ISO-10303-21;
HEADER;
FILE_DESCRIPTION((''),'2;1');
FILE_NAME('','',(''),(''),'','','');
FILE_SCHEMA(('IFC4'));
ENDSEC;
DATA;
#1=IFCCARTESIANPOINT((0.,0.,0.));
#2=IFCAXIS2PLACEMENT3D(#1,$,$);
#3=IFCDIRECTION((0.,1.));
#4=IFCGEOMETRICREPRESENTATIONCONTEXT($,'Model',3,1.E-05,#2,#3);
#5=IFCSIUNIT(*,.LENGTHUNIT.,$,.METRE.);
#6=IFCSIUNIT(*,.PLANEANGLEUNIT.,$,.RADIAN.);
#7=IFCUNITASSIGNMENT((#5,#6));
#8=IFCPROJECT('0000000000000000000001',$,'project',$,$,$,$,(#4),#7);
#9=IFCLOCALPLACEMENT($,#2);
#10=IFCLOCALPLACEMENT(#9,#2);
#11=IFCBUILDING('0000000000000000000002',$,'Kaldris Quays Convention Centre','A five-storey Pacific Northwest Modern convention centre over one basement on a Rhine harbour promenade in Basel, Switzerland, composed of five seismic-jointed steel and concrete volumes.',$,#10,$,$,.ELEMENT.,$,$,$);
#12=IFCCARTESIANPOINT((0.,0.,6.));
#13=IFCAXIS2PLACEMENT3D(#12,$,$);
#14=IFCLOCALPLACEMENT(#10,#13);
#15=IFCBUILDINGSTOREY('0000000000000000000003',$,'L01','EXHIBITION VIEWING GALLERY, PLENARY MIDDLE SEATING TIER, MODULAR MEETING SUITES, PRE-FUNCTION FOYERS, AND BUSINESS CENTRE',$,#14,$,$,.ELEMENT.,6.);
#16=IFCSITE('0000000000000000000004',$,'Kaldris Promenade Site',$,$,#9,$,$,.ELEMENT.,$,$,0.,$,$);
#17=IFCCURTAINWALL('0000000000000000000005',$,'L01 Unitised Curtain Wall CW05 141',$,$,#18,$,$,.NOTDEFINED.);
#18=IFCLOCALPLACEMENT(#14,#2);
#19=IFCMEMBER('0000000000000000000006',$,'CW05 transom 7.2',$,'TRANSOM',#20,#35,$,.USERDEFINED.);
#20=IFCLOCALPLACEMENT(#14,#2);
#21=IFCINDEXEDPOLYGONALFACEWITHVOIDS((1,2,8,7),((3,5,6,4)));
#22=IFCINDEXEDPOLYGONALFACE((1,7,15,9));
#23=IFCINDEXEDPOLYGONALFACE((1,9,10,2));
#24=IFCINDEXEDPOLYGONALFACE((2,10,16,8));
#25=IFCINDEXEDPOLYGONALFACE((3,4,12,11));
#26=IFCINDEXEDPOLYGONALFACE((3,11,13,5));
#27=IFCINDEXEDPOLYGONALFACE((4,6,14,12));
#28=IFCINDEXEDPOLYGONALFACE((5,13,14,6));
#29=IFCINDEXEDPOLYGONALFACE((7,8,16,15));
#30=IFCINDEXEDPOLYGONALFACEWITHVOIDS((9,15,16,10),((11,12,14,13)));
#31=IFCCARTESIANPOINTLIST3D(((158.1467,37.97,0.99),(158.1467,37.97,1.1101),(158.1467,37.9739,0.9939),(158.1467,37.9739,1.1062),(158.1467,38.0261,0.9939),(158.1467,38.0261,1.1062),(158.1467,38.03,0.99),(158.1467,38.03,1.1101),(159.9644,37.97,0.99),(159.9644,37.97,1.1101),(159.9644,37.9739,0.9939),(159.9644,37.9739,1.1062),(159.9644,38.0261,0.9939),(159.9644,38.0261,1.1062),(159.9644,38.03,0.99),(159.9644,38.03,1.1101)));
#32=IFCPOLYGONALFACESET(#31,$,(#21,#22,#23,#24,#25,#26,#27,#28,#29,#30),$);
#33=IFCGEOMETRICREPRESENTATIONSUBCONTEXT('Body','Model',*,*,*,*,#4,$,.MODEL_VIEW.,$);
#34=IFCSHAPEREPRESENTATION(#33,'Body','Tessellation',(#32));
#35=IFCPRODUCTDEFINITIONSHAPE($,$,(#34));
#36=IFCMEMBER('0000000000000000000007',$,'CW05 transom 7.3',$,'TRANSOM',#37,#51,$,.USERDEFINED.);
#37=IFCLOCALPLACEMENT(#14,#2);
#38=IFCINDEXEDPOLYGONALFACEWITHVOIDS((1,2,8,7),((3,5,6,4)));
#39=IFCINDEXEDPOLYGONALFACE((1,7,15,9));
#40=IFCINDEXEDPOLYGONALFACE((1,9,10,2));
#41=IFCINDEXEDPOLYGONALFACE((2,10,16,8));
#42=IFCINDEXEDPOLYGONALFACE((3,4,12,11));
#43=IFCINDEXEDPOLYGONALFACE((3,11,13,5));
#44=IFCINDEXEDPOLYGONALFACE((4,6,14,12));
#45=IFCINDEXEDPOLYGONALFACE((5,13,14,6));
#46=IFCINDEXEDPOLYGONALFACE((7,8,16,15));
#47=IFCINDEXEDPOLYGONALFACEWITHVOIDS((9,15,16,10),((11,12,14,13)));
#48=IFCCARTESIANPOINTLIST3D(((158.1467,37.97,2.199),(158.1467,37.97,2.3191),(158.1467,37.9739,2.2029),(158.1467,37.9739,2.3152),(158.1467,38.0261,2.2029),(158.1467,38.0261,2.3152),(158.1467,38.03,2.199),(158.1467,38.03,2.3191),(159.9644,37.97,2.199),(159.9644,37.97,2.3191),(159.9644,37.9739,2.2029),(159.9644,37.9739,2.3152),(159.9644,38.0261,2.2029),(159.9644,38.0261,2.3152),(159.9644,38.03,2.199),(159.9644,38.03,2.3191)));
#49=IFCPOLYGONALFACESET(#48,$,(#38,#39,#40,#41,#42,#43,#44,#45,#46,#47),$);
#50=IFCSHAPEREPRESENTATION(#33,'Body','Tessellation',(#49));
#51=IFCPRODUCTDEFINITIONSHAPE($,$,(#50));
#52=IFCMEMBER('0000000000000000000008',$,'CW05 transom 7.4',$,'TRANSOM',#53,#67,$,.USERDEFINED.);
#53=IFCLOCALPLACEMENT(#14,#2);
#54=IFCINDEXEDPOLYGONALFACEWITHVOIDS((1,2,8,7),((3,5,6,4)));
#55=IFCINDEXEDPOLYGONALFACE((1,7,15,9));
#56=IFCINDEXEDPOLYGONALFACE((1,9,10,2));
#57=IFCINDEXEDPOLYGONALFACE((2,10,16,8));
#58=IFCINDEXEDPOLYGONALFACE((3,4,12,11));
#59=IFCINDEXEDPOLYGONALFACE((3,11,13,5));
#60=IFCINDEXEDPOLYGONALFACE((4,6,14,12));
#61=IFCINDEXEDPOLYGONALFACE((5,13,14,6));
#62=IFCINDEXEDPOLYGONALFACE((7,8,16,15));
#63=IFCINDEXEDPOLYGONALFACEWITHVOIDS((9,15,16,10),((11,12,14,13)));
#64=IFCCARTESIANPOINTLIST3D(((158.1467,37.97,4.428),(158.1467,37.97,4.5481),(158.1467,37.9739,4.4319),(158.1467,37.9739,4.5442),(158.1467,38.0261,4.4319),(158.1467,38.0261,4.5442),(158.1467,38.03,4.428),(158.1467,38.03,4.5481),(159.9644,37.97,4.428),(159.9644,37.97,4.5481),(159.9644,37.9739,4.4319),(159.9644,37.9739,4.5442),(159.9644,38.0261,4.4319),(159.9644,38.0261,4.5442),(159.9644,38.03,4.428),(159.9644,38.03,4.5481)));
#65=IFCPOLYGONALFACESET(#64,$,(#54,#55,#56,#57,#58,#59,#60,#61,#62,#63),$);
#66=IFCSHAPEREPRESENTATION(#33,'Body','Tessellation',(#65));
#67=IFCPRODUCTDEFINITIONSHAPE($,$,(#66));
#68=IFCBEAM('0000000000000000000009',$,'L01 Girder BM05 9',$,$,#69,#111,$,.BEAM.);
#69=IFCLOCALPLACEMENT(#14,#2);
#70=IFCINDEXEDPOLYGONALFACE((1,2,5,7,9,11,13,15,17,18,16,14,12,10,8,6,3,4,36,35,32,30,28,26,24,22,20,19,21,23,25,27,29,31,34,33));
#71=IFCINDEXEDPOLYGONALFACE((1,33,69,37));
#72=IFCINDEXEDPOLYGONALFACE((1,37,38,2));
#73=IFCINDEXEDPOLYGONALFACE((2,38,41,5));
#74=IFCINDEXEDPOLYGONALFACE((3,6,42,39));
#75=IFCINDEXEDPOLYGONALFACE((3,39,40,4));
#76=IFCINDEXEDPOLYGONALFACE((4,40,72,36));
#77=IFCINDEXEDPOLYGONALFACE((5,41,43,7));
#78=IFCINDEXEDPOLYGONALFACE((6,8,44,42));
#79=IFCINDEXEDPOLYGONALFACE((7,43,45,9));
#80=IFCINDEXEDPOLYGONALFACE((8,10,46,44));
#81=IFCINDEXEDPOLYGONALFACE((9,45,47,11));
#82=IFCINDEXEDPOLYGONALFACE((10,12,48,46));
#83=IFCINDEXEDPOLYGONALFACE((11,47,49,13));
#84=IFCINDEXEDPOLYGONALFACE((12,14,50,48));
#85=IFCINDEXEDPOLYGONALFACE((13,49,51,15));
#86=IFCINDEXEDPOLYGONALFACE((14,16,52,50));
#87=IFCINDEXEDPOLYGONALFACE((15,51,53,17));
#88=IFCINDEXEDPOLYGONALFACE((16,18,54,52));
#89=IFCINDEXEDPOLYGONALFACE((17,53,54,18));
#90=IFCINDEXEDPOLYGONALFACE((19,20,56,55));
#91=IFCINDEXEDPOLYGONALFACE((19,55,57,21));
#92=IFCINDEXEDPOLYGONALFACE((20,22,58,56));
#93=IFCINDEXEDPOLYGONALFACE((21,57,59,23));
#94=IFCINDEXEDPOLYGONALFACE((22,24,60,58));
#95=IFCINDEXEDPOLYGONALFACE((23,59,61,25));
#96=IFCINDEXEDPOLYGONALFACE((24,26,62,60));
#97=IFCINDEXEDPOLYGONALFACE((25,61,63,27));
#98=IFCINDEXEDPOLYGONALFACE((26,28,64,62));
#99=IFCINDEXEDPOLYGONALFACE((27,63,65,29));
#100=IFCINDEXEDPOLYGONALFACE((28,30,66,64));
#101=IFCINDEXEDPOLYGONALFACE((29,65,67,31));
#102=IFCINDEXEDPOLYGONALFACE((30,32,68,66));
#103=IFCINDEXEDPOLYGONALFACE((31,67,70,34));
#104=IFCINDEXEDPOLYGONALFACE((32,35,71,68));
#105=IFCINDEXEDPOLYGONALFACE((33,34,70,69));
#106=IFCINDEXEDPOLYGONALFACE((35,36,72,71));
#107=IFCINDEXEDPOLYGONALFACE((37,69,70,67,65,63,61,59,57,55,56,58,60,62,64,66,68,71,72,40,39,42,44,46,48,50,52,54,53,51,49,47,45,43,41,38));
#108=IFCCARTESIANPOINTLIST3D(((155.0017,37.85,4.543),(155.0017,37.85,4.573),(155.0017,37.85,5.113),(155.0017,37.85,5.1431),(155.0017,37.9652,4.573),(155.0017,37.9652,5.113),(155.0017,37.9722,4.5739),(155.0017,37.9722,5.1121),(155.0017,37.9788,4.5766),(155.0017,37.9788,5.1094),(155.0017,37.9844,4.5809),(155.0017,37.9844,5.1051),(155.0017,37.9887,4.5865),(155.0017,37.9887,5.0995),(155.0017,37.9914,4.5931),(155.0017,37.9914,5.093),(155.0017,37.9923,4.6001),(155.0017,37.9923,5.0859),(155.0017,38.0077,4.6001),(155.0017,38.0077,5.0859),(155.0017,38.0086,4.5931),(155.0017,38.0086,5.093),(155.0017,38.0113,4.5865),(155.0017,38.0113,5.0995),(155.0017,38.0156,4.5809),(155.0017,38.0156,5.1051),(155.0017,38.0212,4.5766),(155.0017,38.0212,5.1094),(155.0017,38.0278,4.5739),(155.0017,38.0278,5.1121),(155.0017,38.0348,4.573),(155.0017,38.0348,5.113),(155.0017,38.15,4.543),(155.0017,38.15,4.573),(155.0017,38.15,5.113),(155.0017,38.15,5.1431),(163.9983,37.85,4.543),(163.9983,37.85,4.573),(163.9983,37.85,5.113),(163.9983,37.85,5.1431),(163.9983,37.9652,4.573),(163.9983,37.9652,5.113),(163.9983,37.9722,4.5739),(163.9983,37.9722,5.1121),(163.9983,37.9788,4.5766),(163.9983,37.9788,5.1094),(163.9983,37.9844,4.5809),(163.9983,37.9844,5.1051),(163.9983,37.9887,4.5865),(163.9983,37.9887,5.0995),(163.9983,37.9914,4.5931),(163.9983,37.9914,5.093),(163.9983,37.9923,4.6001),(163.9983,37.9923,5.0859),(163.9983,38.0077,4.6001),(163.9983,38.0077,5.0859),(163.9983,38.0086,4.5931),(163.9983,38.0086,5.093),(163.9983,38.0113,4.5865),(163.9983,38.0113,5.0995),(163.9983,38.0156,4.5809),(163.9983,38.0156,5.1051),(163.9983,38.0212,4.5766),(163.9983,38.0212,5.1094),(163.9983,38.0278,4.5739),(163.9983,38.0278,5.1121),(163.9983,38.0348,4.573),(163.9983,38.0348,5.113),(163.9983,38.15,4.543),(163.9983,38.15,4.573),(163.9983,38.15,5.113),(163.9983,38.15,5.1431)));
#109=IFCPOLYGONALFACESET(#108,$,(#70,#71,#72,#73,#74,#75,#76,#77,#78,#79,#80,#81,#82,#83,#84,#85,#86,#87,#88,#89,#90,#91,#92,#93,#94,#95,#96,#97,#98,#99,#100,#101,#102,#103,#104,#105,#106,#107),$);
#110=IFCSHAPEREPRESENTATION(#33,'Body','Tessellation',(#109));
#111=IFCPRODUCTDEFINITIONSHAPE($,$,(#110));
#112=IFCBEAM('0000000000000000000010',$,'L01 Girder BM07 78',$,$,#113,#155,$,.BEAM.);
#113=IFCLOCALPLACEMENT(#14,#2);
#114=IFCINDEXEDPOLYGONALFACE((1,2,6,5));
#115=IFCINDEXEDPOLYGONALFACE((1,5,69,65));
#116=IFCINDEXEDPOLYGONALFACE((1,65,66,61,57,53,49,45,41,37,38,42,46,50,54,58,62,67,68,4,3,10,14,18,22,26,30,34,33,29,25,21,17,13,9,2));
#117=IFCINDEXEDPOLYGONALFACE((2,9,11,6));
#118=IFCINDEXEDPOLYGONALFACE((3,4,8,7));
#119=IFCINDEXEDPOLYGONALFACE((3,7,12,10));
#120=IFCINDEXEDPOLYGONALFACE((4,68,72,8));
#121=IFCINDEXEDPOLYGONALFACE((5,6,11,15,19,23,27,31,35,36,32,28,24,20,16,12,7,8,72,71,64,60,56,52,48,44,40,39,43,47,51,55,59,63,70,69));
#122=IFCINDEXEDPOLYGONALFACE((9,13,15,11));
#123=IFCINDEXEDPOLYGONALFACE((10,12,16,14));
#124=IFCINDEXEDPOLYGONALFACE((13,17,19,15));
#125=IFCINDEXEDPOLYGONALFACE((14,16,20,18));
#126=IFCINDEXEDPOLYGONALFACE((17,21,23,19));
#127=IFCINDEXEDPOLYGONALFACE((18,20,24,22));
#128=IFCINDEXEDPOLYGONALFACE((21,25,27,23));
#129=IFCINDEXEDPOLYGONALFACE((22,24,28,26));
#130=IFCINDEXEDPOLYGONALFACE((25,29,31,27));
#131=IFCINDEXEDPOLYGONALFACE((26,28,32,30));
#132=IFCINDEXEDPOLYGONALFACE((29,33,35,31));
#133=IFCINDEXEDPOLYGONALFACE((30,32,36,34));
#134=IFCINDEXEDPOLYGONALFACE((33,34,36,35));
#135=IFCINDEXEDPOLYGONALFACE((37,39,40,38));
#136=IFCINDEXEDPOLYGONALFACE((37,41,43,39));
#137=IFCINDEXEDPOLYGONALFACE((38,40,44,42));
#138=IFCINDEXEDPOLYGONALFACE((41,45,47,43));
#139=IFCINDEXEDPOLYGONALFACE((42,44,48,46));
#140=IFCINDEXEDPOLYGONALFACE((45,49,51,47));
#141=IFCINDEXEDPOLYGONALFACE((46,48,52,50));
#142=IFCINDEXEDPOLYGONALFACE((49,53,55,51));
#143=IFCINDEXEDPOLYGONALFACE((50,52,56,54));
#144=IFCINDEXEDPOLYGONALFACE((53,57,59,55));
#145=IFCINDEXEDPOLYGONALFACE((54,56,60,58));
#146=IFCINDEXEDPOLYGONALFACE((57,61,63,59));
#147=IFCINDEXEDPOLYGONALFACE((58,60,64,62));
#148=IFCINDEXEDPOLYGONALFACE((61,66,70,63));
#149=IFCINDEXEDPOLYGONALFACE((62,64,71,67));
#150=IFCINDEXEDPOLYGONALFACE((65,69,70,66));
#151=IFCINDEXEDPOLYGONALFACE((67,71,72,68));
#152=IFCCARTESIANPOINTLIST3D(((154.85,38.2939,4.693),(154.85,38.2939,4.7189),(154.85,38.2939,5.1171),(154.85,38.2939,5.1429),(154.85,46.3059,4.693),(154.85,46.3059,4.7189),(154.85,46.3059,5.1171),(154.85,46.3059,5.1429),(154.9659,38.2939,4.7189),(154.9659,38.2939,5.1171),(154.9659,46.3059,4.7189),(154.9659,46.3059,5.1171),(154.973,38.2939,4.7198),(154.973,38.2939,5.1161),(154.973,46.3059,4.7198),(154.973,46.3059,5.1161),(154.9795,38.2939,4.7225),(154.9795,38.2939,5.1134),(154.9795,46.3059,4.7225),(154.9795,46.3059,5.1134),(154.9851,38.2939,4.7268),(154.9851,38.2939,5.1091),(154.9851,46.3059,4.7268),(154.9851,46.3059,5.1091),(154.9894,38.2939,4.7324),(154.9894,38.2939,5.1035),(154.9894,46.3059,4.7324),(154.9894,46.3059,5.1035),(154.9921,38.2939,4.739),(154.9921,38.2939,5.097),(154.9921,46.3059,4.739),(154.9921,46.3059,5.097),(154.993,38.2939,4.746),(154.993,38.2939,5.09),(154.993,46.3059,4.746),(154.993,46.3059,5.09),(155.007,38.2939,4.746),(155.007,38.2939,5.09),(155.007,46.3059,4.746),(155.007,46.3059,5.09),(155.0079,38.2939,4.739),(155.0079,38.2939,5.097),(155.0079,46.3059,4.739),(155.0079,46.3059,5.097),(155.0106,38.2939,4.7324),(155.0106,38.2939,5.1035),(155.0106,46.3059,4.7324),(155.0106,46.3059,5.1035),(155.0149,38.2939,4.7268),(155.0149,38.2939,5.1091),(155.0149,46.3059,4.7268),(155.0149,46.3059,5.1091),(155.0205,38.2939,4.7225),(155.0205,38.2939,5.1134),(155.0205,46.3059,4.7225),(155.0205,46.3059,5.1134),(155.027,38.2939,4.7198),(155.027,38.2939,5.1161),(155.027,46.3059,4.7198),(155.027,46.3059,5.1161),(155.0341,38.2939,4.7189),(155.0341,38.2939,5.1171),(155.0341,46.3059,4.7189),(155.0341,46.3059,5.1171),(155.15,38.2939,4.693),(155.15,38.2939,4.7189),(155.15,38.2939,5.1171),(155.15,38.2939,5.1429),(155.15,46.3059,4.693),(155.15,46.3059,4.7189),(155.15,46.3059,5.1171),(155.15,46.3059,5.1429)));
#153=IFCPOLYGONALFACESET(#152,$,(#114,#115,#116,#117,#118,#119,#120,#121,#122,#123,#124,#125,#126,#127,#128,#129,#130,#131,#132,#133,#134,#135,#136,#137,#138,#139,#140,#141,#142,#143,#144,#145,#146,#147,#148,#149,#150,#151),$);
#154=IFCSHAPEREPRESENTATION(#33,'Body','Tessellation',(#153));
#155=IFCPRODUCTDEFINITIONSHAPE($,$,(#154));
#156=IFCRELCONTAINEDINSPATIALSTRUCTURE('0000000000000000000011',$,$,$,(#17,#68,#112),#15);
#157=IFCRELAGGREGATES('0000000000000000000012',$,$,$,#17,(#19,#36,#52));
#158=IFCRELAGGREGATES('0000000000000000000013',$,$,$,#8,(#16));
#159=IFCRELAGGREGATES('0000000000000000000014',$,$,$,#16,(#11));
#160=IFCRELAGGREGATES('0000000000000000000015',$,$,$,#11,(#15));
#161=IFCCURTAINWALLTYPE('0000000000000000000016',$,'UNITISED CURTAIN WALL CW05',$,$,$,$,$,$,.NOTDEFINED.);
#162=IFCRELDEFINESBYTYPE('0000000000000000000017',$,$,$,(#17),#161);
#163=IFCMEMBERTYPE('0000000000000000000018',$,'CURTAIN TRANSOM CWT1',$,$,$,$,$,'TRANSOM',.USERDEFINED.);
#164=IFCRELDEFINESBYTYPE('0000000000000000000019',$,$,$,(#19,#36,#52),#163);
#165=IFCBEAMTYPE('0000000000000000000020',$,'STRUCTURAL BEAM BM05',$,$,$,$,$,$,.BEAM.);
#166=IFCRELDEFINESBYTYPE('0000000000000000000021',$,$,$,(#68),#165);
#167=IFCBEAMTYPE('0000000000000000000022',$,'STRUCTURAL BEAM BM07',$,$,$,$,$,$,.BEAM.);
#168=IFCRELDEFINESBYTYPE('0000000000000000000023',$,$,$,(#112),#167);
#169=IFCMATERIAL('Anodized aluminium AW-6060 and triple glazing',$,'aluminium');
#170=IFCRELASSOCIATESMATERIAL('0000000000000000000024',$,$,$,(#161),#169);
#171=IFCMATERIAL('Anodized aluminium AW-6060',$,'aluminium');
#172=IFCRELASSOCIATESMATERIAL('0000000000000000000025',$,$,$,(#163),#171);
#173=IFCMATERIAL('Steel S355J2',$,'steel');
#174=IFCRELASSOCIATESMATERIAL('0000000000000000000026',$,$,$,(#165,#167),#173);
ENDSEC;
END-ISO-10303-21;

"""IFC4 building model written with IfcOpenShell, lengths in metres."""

from ifc_helpers import new_model, si_unit, direction, frame, origin, origin_2d, place, context, subcontext, project, spatial, hollow_rectangle, i_section, extrude, material, material_profile, profile_set, type_object, element, aggregate, save


model = new_model("IFC4")

# Units and contexts
model_context = context("Model", 3, precision=1e-05, world=origin(), true_north=direction((0.0, 1.0)))
body_context = subcontext(model_context, "Body", "Model", "MODEL_VIEW")
ifc_project = project(units=[si_unit("LENGTHUNIT", "METRE"), si_unit("PLANEANGLEUNIT", "RADIAN")], contexts=[model_context])

# Site, building, storey
site_placement = place(None, origin())
site = spatial("IfcSite", under=ifc_project, at=site_placement, Name="Kaldris Promenade Site", CompositionType="ELEMENT", RefElevation=0.0)
building_placement = place(site_placement, origin())
building = spatial("IfcBuilding", under=site, at=building_placement, Name="Kaldris Quays Convention Centre", Description="A five-storey Pacific Northwest Modern convention centre over one basement on a Rhine harbour promenade in Basel, Switzerland, composed of five seismic-jointed steel and concrete volumes.", CompositionType="ELEMENT")
storey_placement = place(building_placement, frame((0.0, 0.0, 6.0)))
storey = spatial("IfcBuildingStorey", under=building, at=storey_placement, Name="L01", Description="EXHIBITION VIEWING GALLERY, PLENARY MIDDLE SEATING TIER, MODULAR MEETING SUITES, PRE-FUNCTION FOYERS, AND BUSINESS CENTRE", CompositionType="ELEMENT", Elevation=6.0)

# Shared definitions
ifc_material_1 = material(Name="Steel S355J2", Category="steel")

# Curtain wall, members
ifc_material_2 = material(Name="Anodized aluminium AW-6060 and triple glazing", Category="aluminium")
curtain_wall_type = type_object("IfcCurtainWallType", Name="UNITISED CURTAIN WALL CW05", PredefinedType="NOTDEFINED", material=ifc_material_2)
curtain_wall_placement = place(storey_placement, origin())
curtain_wall = element("IfcCurtainWall", 1, at=curtain_wall_placement, inside=storey, type_object=curtain_wall_type, Name="L01 Unitised Curtain Wall CW05 141", PredefinedType="NOTDEFINED")
ifc_material_3 = material(Name="Anodized aluminium AW-6060", Category="aluminium")
ifc_material_profile_1 = material_profile(ifc_material_3, hollow_rectangle(XDim=0.0601, YDim=0.1201, WallThickness=0.0039, at=origin_2d()), Name="RHS 120x60x4")
ifc_profile_set_1 = profile_set([ifc_material_profile_1], Name="Anodized aluminium AW-6060")
member_type_1 = type_object("IfcMemberType", Name="CURTAIN TRANSOM CWT1", ElementType="TRANSOM", PredefinedType="USERDEFINED", material=ifc_profile_set_1)
member_1_placement = place(storey_placement, frame((158.1467, 38.0, 1.05), z_axis=(1.0, 0.0, 0.0), x_axis=(0.0, 1.0, 0.0)))
member_1 = element("IfcMember", 2, at=member_1_placement, type_object=member_type_1, Name="CW05 transom 7.2", ObjectType="TRANSOM", PredefinedType="USERDEFINED", context=body_context, shape_type="SweptSolid", body=[
    extrude(hollow_rectangle(XDim=0.0601, YDim=0.1201, WallThickness=0.0039, at=origin_2d()), origin(), (0.0, 0.0, 1.0), 1.8176),
])
member_2_placement = place(storey_placement, frame((158.1467, 38.0, 2.259), z_axis=(1.0, 0.0, 0.0), x_axis=(0.0, 1.0, 0.0)))
member_2 = element("IfcMember", 3, at=member_2_placement, type_object=member_type_1, Name="CW05 transom 7.3", ObjectType="TRANSOM", PredefinedType="USERDEFINED", context=body_context, shape_type="SweptSolid", body=[
    extrude(hollow_rectangle(XDim=0.0601, YDim=0.1201, WallThickness=0.0039, at=origin_2d()), origin(), (0.0, 0.0, 1.0), 1.8176),
])
member_3_placement = place(storey_placement, frame((158.1467, 38.0, 4.488), z_axis=(1.0, 0.0, 0.0), x_axis=(0.0, 1.0, 0.0)))
member_3 = element("IfcMember", 4, at=member_3_placement, type_object=member_type_1, Name="CW05 transom 7.4", ObjectType="TRANSOM", PredefinedType="USERDEFINED", context=body_context, shape_type="SweptSolid", body=[
    extrude(hollow_rectangle(XDim=0.0601, YDim=0.1201, WallThickness=0.0039, at=origin_2d()), origin(), (0.0, 0.0, 1.0), 1.8176),
])

# Beams
ifc_material_profile_2 = material_profile(ifc_material_1, i_section(OverallWidth=0.3, OverallDepth=0.6001, WebThickness=0.0154, FlangeThickness=0.03, FilletRadius=0.0271, at=origin_2d()), Name="HEB 600")
ifc_profile_set_2 = profile_set([ifc_material_profile_2], Name="Steel S355J2")
beam_type_1 = type_object("IfcBeamType", Name="STRUCTURAL BEAM BM05", PredefinedType="BEAM", material=ifc_profile_set_2)
beam_1_placement = place(storey_placement, frame((155.0017, 38.0, 4.843), z_axis=(1.0, 0.0, 0.0), x_axis=(0.0, 1.0, 0.0)))
element("IfcBeam", 5, at=beam_1_placement, inside=storey, type_object=beam_type_1, Name="L01 Girder BM05 9", PredefinedType="BEAM", context=body_context, shape_type="SweptSolid", body=[
    extrude(i_section(OverallWidth=0.3, OverallDepth=0.6001, WebThickness=0.0154, FlangeThickness=0.03, FilletRadius=0.0271, at=origin_2d()), origin(), (0.0, 0.0, 1.0), 8.9966),
])
ifc_material_profile_3 = material_profile(ifc_material_1, i_section(OverallWidth=0.3, OverallDepth=0.45, WebThickness=0.0139, FlangeThickness=0.0259, FilletRadius=0.0271, at=origin_2d()), Name="HEB 450")
ifc_profile_set_3 = profile_set([ifc_material_profile_3], Name="Steel S355J2")
beam_type_2 = type_object("IfcBeamType", Name="STRUCTURAL BEAM BM07", PredefinedType="BEAM", material=ifc_profile_set_3)
beam_2_placement = place(storey_placement, frame((155.0, 38.2939, 4.918), z_axis=(0.0, 1.0, 0.0), x_axis=(-1.0, 0.0, 0.0)))
element("IfcBeam", 6, at=beam_2_placement, inside=storey, type_object=beam_type_2, Name="L01 Girder BM07 78", PredefinedType="BEAM", context=body_context, shape_type="SweptSolid", body=[
    extrude(i_section(OverallWidth=0.3, OverallDepth=0.45, WebThickness=0.0139, FlangeThickness=0.0259, FilletRadius=0.0271, at=origin_2d()), origin(), (0.0, 0.0, 1.0), 8.012),
])

aggregate(curtain_wall, [member_1, member_2, member_3])

save(model, "model.ifc")
